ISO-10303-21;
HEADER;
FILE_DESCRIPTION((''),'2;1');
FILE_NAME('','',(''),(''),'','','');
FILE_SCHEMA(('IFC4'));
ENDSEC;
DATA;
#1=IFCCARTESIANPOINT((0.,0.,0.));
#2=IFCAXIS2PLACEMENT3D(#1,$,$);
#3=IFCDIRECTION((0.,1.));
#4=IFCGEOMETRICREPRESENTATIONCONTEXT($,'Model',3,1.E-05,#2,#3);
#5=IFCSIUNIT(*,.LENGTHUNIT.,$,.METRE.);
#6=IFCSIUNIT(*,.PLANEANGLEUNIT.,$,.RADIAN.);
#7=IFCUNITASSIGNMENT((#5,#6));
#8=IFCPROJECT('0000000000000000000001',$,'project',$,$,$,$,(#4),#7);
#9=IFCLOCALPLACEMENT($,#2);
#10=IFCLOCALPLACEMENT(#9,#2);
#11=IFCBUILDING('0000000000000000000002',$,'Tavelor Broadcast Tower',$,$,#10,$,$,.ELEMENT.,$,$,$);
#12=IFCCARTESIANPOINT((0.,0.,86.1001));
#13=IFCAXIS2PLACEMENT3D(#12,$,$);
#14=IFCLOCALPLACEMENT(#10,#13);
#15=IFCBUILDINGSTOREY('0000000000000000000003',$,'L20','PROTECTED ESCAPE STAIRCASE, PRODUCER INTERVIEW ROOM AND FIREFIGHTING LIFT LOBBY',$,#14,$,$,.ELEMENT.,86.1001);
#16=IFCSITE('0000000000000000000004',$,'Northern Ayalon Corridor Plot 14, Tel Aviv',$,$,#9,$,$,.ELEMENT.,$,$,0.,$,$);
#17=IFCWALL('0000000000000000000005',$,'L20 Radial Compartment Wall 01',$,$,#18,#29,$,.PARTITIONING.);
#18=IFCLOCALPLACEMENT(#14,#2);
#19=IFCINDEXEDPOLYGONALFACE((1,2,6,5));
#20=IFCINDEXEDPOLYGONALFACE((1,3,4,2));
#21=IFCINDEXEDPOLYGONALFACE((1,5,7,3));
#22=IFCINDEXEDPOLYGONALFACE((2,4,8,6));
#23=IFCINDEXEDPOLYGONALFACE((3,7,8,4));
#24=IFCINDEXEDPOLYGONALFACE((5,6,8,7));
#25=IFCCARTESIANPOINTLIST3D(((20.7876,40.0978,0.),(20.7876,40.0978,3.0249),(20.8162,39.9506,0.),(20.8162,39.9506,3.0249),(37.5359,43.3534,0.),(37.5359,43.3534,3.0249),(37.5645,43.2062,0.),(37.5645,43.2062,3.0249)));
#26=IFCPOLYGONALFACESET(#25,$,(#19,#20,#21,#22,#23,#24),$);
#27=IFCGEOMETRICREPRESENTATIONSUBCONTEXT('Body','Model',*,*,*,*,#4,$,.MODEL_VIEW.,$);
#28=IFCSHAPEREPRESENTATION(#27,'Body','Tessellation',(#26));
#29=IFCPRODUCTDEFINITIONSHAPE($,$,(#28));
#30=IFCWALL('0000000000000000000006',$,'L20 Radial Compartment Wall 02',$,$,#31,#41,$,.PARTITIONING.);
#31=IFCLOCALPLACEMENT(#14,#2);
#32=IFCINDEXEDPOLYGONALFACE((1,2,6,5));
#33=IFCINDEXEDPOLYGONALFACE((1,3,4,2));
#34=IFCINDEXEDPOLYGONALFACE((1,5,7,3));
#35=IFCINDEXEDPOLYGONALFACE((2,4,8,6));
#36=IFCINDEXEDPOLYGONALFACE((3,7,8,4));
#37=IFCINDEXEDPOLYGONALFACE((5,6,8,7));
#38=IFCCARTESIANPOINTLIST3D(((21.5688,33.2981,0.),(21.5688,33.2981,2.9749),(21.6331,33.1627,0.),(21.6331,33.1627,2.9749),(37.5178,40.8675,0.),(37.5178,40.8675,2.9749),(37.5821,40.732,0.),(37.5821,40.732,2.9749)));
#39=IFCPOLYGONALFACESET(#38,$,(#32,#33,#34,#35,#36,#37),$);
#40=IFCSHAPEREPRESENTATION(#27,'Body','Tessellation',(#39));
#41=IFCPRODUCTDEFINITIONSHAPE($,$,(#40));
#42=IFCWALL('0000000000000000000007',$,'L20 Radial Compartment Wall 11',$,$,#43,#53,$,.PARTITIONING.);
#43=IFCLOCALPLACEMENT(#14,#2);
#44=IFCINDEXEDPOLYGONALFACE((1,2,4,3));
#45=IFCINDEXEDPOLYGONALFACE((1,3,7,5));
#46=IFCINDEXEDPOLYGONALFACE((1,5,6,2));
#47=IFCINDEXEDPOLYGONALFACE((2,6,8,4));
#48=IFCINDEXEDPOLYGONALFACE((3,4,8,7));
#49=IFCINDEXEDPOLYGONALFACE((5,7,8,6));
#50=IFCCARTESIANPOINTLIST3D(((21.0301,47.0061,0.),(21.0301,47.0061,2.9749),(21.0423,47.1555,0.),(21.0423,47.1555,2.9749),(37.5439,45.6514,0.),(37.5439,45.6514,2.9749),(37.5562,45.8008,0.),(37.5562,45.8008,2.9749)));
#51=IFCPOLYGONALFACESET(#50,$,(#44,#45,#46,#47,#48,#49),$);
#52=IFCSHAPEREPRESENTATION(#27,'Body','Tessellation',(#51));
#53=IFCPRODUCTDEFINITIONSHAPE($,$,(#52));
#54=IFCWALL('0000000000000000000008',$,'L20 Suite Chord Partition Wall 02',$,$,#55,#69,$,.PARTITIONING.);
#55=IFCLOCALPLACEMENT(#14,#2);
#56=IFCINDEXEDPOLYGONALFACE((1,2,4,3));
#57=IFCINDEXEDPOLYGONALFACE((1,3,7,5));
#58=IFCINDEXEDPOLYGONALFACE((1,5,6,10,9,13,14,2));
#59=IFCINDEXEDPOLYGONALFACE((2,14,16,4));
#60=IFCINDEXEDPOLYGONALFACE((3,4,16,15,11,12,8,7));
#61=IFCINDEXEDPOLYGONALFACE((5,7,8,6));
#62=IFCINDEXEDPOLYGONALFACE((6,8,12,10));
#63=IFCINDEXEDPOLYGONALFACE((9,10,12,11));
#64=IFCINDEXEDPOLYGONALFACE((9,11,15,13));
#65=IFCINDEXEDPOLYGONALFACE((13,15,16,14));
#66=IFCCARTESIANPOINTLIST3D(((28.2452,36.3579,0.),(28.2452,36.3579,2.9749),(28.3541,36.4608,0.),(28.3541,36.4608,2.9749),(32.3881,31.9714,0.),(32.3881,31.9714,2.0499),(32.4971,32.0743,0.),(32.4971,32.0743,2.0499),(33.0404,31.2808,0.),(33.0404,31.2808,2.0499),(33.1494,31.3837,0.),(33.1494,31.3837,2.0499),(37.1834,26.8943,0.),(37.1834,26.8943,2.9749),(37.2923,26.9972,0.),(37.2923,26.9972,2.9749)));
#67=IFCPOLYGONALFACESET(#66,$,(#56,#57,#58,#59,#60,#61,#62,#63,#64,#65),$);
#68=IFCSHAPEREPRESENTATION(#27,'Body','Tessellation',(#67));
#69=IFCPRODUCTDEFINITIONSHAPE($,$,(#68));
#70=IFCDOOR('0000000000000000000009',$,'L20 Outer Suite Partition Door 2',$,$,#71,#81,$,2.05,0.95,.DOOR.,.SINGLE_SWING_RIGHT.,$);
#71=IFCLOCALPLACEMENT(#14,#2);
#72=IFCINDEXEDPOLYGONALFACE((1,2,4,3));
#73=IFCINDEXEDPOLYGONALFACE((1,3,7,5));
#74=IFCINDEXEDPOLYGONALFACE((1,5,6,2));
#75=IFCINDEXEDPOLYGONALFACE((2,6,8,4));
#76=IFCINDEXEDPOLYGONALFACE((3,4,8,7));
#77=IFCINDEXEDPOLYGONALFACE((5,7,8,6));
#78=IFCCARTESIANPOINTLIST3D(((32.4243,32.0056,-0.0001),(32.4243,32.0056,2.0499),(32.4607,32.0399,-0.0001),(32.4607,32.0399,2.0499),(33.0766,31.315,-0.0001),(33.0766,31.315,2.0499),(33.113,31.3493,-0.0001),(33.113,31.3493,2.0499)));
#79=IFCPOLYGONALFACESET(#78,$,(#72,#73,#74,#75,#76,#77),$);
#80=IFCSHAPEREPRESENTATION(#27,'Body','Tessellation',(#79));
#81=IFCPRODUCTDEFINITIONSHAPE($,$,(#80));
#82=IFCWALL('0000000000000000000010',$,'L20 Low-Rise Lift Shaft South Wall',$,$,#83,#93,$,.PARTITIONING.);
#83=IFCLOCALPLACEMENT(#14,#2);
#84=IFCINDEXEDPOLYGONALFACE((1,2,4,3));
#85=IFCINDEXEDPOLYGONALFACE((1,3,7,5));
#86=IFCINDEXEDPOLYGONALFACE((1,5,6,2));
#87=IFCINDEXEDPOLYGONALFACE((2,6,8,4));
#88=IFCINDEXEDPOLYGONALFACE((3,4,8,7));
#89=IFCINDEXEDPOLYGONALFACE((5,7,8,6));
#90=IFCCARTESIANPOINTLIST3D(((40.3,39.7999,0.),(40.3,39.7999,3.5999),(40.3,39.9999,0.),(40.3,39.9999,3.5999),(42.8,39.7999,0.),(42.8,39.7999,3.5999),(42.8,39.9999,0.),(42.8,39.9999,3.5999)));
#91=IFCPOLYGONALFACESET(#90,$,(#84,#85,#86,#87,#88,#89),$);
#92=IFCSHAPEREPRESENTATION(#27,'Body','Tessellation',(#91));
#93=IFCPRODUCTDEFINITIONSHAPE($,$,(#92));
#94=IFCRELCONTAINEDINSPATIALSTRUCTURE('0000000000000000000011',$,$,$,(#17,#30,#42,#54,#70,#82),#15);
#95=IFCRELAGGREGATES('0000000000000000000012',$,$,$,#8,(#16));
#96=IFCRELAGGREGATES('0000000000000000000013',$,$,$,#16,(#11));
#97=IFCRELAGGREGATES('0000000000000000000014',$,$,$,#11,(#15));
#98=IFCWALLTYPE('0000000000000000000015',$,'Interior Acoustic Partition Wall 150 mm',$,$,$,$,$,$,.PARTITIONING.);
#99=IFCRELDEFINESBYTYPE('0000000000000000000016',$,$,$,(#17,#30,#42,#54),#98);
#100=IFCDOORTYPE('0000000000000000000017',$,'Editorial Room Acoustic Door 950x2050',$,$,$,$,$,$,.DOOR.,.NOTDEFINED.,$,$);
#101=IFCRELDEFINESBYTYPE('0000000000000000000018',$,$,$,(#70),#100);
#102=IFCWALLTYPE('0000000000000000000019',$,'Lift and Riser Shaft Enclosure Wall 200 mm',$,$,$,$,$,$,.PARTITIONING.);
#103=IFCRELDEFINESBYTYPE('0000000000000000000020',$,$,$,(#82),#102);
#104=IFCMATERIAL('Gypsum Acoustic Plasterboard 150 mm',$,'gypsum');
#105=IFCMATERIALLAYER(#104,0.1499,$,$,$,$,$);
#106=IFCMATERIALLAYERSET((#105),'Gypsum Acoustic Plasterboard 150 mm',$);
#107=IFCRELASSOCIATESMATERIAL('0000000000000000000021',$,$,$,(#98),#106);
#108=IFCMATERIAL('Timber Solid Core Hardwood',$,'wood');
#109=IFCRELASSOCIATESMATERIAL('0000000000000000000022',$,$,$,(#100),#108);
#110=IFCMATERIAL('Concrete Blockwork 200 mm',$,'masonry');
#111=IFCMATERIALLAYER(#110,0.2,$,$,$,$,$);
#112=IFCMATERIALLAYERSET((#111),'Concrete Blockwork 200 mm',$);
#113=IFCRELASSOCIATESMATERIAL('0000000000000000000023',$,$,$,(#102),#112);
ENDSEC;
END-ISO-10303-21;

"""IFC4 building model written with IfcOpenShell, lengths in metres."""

from ifc_helpers import new_model, si_unit, direction, frame, frame_2d, origin, place, context, subcontext, project, spatial, rectangle, extrude, material, layer, layer_set, type_object, element, fill, save


model = new_model("IFC4")

# Units and contexts
model_context = context("Model", 3, precision=1e-05, world=origin(), true_north=direction((0.0, 1.0)))
body_context = subcontext(model_context, "Body", "Model", "MODEL_VIEW")
ifc_project = project(units=[si_unit("LENGTHUNIT", "METRE"), si_unit("PLANEANGLEUNIT", "RADIAN")], contexts=[model_context])

# Site, building, storey
site_placement = place(None, origin())
site = spatial("IfcSite", under=ifc_project, at=site_placement, Name="Northern Ayalon Corridor Plot 14, Tel Aviv", CompositionType="ELEMENT", RefElevation=0.0)
building_placement = place(site_placement, origin())
building = spatial("IfcBuilding", under=site, at=building_placement, Name="Tavelor Broadcast Tower", CompositionType="ELEMENT")
storey_placement = place(building_placement, frame((0.0, 0.0, 86.1001)))
storey = spatial("IfcBuildingStorey", under=building, at=storey_placement, Name="L20", Description="PROTECTED ESCAPE STAIRCASE, PRODUCER INTERVIEW ROOM AND FIREFIGHTING LIFT LOBBY", CompositionType="ELEMENT", Elevation=86.1001)

# Shared definitions
ifc_material_1 = material(Name="Timber Solid Core Hardwood", Category="wood")

# Walls
ifc_material_2 = material(Name="Gypsum Acoustic Plasterboard 150 mm", Category="gypsum")
ifc_layer_1 = layer(ifc_material_2, 0.1499)
ifc_layer_set_1 = layer_set([ifc_layer_1], Name="Gypsum Acoustic Plasterboard 150 mm")
wall_type_1 = type_object("IfcWallType", Name="Interior Acoustic Partition Wall 150 mm", PredefinedType="PARTITIONING", material=ifc_layer_set_1)
wall_1_placement = place(storey_placement, frame((37.55, 43.2798, 0.0), z_axis=(0.0, 0.0, 1.0), x_axis=(-0.981626, -0.190813, 0.0)))
element("IfcWall", 1, at=wall_1_placement, inside=storey, type_object=wall_type_1, Name="L20 Radial Compartment Wall 01", PredefinedType="PARTITIONING", context=body_context, shape_type="SweptSolid", body=[
    extrude(rectangle(XDim=17.0618, YDim=0.1499, at=frame_2d((8.5308, 0.0))), origin(), (0.0, 0.0, 1.0), 3.0249),
])
wall_2_placement = place(storey_placement, frame((37.55, 40.7998, 0.0), z_axis=(0.0, 0.0, 1.0), x_axis=(-0.903419, -0.42876, 0.0)))
element("IfcWall", 2, at=wall_2_placement, inside=storey, type_object=wall_type_1, Name="L20 Radial Compartment Wall 02", PredefinedType="PARTITIONING", context=body_context, shape_type="SweptSolid", body=[
    extrude(rectangle(XDim=17.6541, YDim=0.1499, at=frame_2d((8.8271, 0.0))), origin(), (0.0, 0.0, 1.0), 2.9749),
])
wall_3_placement = place(storey_placement, frame((37.55, 45.7261, 0.0), z_axis=(0.0, 0.0, 1.0), x_axis=(-0.996652, 0.081761, 0.0)))
element("IfcWall", 3, at=wall_3_placement, inside=storey, type_object=wall_type_1, Name="L20 Radial Compartment Wall 11", PredefinedType="PARTITIONING", context=body_context, shape_type="SweptSolid", body=[
    extrude(rectangle(XDim=16.5693, YDim=0.1499, at=frame_2d((8.2847, 0.0))), origin(), (0.0, 0.0, 1.0), 2.9749),
])

# Wall, opening, door
wall_4_placement = place(storey_placement, frame((28.2996, 36.4094, 0.0), z_axis=(0.0, 0.0, 1.0), x_axis=(0.686638, -0.726999, 0.0)))
wall_4 = element("IfcWall", 4, at=wall_4_placement, inside=storey, type_object=wall_type_1, Name="L20 Suite Chord Partition Wall 02", PredefinedType="PARTITIONING", context=body_context, shape_type="SweptSolid", body=[
    extrude(rectangle(XDim=13.0173, YDim=0.1499, at=frame_2d((6.5088, 0.0))), origin(), (0.0, 0.0, 1.0), 2.9749),
])
opening_1_placement = place(wall_4_placement, frame((6.0337, 0.0, 0.0)))
opening_1 = element("IfcOpeningElement", 5, at=opening_1_placement, cuts=wall_4, PredefinedType="OPENING", context=body_context, shape_type="SweptSolid", body=[
    extrude(rectangle(XDim=0.95, YDim=2.05, at=frame_2d((0.4751, 1.0249))), frame((0.0, 0.085, 0.0), z_axis=(0.0, -1.0, 0.0), x_axis=(1.0, 0.0, 0.0)), (0.0, 0.0, 1.0), 0.1699),
])
door_type_1 = type_object("IfcDoorType", Name="Editorial Room Acoustic Door 950x2050", OperationType="NOTDEFINED", PredefinedType="DOOR", material=ifc_material_1)
door_1_placement = place(opening_1_placement, origin())
door_1 = element("IfcDoor", 6, at=door_1_placement, inside=storey, type_object=door_type_1, Name="L20 Outer Suite Partition Door 2", OperationType="SINGLE_SWING_RIGHT", OverallHeight=2.05, OverallWidth=0.95, PredefinedType="DOOR", context=body_context, shape_type="SweptSolid", body=[
    extrude(rectangle(XDim=0.95, YDim=2.05, at=frame_2d((0.4751, 1.0249))), frame((0.0, 0.0249, 0.0), z_axis=(0.0, -1.0, 0.0), x_axis=(1.0, 0.0, 0.0)), (0.0, 0.0, 1.0), 0.05),
])
fill(opening_1, door_1)

# Shared definitions
ifc_material_3 = material(Name="Concrete Blockwork 200 mm", Category="masonry")

# Wall
ifc_layer_2 = layer(ifc_material_3, 0.2)
ifc_layer_set_2 = layer_set([ifc_layer_2], Name="Concrete Blockwork 200 mm")
wall_type_2 = type_object("IfcWallType", Name="Lift and Riser Shaft Enclosure Wall 200 mm", PredefinedType="PARTITIONING", material=ifc_layer_set_2)
wall_5_placement = place(storey_placement, frame((40.3, 39.8999, 0.0), z_axis=(0.0, 0.0, 1.0), x_axis=(1.0, 0.0, 0.0)))
element("IfcWall", 7, at=wall_5_placement, inside=storey, type_object=wall_type_2, Name="L20 Low-Rise Lift Shaft South Wall", PredefinedType="PARTITIONING", context=body_context, shape_type="SweptSolid", body=[
    extrude(rectangle(XDim=2.5, YDim=0.2, at=frame_2d((1.25, 0.0))), origin(), (0.0, 0.0, 1.0), 3.5999),
])

save(model, "model.ifc")
